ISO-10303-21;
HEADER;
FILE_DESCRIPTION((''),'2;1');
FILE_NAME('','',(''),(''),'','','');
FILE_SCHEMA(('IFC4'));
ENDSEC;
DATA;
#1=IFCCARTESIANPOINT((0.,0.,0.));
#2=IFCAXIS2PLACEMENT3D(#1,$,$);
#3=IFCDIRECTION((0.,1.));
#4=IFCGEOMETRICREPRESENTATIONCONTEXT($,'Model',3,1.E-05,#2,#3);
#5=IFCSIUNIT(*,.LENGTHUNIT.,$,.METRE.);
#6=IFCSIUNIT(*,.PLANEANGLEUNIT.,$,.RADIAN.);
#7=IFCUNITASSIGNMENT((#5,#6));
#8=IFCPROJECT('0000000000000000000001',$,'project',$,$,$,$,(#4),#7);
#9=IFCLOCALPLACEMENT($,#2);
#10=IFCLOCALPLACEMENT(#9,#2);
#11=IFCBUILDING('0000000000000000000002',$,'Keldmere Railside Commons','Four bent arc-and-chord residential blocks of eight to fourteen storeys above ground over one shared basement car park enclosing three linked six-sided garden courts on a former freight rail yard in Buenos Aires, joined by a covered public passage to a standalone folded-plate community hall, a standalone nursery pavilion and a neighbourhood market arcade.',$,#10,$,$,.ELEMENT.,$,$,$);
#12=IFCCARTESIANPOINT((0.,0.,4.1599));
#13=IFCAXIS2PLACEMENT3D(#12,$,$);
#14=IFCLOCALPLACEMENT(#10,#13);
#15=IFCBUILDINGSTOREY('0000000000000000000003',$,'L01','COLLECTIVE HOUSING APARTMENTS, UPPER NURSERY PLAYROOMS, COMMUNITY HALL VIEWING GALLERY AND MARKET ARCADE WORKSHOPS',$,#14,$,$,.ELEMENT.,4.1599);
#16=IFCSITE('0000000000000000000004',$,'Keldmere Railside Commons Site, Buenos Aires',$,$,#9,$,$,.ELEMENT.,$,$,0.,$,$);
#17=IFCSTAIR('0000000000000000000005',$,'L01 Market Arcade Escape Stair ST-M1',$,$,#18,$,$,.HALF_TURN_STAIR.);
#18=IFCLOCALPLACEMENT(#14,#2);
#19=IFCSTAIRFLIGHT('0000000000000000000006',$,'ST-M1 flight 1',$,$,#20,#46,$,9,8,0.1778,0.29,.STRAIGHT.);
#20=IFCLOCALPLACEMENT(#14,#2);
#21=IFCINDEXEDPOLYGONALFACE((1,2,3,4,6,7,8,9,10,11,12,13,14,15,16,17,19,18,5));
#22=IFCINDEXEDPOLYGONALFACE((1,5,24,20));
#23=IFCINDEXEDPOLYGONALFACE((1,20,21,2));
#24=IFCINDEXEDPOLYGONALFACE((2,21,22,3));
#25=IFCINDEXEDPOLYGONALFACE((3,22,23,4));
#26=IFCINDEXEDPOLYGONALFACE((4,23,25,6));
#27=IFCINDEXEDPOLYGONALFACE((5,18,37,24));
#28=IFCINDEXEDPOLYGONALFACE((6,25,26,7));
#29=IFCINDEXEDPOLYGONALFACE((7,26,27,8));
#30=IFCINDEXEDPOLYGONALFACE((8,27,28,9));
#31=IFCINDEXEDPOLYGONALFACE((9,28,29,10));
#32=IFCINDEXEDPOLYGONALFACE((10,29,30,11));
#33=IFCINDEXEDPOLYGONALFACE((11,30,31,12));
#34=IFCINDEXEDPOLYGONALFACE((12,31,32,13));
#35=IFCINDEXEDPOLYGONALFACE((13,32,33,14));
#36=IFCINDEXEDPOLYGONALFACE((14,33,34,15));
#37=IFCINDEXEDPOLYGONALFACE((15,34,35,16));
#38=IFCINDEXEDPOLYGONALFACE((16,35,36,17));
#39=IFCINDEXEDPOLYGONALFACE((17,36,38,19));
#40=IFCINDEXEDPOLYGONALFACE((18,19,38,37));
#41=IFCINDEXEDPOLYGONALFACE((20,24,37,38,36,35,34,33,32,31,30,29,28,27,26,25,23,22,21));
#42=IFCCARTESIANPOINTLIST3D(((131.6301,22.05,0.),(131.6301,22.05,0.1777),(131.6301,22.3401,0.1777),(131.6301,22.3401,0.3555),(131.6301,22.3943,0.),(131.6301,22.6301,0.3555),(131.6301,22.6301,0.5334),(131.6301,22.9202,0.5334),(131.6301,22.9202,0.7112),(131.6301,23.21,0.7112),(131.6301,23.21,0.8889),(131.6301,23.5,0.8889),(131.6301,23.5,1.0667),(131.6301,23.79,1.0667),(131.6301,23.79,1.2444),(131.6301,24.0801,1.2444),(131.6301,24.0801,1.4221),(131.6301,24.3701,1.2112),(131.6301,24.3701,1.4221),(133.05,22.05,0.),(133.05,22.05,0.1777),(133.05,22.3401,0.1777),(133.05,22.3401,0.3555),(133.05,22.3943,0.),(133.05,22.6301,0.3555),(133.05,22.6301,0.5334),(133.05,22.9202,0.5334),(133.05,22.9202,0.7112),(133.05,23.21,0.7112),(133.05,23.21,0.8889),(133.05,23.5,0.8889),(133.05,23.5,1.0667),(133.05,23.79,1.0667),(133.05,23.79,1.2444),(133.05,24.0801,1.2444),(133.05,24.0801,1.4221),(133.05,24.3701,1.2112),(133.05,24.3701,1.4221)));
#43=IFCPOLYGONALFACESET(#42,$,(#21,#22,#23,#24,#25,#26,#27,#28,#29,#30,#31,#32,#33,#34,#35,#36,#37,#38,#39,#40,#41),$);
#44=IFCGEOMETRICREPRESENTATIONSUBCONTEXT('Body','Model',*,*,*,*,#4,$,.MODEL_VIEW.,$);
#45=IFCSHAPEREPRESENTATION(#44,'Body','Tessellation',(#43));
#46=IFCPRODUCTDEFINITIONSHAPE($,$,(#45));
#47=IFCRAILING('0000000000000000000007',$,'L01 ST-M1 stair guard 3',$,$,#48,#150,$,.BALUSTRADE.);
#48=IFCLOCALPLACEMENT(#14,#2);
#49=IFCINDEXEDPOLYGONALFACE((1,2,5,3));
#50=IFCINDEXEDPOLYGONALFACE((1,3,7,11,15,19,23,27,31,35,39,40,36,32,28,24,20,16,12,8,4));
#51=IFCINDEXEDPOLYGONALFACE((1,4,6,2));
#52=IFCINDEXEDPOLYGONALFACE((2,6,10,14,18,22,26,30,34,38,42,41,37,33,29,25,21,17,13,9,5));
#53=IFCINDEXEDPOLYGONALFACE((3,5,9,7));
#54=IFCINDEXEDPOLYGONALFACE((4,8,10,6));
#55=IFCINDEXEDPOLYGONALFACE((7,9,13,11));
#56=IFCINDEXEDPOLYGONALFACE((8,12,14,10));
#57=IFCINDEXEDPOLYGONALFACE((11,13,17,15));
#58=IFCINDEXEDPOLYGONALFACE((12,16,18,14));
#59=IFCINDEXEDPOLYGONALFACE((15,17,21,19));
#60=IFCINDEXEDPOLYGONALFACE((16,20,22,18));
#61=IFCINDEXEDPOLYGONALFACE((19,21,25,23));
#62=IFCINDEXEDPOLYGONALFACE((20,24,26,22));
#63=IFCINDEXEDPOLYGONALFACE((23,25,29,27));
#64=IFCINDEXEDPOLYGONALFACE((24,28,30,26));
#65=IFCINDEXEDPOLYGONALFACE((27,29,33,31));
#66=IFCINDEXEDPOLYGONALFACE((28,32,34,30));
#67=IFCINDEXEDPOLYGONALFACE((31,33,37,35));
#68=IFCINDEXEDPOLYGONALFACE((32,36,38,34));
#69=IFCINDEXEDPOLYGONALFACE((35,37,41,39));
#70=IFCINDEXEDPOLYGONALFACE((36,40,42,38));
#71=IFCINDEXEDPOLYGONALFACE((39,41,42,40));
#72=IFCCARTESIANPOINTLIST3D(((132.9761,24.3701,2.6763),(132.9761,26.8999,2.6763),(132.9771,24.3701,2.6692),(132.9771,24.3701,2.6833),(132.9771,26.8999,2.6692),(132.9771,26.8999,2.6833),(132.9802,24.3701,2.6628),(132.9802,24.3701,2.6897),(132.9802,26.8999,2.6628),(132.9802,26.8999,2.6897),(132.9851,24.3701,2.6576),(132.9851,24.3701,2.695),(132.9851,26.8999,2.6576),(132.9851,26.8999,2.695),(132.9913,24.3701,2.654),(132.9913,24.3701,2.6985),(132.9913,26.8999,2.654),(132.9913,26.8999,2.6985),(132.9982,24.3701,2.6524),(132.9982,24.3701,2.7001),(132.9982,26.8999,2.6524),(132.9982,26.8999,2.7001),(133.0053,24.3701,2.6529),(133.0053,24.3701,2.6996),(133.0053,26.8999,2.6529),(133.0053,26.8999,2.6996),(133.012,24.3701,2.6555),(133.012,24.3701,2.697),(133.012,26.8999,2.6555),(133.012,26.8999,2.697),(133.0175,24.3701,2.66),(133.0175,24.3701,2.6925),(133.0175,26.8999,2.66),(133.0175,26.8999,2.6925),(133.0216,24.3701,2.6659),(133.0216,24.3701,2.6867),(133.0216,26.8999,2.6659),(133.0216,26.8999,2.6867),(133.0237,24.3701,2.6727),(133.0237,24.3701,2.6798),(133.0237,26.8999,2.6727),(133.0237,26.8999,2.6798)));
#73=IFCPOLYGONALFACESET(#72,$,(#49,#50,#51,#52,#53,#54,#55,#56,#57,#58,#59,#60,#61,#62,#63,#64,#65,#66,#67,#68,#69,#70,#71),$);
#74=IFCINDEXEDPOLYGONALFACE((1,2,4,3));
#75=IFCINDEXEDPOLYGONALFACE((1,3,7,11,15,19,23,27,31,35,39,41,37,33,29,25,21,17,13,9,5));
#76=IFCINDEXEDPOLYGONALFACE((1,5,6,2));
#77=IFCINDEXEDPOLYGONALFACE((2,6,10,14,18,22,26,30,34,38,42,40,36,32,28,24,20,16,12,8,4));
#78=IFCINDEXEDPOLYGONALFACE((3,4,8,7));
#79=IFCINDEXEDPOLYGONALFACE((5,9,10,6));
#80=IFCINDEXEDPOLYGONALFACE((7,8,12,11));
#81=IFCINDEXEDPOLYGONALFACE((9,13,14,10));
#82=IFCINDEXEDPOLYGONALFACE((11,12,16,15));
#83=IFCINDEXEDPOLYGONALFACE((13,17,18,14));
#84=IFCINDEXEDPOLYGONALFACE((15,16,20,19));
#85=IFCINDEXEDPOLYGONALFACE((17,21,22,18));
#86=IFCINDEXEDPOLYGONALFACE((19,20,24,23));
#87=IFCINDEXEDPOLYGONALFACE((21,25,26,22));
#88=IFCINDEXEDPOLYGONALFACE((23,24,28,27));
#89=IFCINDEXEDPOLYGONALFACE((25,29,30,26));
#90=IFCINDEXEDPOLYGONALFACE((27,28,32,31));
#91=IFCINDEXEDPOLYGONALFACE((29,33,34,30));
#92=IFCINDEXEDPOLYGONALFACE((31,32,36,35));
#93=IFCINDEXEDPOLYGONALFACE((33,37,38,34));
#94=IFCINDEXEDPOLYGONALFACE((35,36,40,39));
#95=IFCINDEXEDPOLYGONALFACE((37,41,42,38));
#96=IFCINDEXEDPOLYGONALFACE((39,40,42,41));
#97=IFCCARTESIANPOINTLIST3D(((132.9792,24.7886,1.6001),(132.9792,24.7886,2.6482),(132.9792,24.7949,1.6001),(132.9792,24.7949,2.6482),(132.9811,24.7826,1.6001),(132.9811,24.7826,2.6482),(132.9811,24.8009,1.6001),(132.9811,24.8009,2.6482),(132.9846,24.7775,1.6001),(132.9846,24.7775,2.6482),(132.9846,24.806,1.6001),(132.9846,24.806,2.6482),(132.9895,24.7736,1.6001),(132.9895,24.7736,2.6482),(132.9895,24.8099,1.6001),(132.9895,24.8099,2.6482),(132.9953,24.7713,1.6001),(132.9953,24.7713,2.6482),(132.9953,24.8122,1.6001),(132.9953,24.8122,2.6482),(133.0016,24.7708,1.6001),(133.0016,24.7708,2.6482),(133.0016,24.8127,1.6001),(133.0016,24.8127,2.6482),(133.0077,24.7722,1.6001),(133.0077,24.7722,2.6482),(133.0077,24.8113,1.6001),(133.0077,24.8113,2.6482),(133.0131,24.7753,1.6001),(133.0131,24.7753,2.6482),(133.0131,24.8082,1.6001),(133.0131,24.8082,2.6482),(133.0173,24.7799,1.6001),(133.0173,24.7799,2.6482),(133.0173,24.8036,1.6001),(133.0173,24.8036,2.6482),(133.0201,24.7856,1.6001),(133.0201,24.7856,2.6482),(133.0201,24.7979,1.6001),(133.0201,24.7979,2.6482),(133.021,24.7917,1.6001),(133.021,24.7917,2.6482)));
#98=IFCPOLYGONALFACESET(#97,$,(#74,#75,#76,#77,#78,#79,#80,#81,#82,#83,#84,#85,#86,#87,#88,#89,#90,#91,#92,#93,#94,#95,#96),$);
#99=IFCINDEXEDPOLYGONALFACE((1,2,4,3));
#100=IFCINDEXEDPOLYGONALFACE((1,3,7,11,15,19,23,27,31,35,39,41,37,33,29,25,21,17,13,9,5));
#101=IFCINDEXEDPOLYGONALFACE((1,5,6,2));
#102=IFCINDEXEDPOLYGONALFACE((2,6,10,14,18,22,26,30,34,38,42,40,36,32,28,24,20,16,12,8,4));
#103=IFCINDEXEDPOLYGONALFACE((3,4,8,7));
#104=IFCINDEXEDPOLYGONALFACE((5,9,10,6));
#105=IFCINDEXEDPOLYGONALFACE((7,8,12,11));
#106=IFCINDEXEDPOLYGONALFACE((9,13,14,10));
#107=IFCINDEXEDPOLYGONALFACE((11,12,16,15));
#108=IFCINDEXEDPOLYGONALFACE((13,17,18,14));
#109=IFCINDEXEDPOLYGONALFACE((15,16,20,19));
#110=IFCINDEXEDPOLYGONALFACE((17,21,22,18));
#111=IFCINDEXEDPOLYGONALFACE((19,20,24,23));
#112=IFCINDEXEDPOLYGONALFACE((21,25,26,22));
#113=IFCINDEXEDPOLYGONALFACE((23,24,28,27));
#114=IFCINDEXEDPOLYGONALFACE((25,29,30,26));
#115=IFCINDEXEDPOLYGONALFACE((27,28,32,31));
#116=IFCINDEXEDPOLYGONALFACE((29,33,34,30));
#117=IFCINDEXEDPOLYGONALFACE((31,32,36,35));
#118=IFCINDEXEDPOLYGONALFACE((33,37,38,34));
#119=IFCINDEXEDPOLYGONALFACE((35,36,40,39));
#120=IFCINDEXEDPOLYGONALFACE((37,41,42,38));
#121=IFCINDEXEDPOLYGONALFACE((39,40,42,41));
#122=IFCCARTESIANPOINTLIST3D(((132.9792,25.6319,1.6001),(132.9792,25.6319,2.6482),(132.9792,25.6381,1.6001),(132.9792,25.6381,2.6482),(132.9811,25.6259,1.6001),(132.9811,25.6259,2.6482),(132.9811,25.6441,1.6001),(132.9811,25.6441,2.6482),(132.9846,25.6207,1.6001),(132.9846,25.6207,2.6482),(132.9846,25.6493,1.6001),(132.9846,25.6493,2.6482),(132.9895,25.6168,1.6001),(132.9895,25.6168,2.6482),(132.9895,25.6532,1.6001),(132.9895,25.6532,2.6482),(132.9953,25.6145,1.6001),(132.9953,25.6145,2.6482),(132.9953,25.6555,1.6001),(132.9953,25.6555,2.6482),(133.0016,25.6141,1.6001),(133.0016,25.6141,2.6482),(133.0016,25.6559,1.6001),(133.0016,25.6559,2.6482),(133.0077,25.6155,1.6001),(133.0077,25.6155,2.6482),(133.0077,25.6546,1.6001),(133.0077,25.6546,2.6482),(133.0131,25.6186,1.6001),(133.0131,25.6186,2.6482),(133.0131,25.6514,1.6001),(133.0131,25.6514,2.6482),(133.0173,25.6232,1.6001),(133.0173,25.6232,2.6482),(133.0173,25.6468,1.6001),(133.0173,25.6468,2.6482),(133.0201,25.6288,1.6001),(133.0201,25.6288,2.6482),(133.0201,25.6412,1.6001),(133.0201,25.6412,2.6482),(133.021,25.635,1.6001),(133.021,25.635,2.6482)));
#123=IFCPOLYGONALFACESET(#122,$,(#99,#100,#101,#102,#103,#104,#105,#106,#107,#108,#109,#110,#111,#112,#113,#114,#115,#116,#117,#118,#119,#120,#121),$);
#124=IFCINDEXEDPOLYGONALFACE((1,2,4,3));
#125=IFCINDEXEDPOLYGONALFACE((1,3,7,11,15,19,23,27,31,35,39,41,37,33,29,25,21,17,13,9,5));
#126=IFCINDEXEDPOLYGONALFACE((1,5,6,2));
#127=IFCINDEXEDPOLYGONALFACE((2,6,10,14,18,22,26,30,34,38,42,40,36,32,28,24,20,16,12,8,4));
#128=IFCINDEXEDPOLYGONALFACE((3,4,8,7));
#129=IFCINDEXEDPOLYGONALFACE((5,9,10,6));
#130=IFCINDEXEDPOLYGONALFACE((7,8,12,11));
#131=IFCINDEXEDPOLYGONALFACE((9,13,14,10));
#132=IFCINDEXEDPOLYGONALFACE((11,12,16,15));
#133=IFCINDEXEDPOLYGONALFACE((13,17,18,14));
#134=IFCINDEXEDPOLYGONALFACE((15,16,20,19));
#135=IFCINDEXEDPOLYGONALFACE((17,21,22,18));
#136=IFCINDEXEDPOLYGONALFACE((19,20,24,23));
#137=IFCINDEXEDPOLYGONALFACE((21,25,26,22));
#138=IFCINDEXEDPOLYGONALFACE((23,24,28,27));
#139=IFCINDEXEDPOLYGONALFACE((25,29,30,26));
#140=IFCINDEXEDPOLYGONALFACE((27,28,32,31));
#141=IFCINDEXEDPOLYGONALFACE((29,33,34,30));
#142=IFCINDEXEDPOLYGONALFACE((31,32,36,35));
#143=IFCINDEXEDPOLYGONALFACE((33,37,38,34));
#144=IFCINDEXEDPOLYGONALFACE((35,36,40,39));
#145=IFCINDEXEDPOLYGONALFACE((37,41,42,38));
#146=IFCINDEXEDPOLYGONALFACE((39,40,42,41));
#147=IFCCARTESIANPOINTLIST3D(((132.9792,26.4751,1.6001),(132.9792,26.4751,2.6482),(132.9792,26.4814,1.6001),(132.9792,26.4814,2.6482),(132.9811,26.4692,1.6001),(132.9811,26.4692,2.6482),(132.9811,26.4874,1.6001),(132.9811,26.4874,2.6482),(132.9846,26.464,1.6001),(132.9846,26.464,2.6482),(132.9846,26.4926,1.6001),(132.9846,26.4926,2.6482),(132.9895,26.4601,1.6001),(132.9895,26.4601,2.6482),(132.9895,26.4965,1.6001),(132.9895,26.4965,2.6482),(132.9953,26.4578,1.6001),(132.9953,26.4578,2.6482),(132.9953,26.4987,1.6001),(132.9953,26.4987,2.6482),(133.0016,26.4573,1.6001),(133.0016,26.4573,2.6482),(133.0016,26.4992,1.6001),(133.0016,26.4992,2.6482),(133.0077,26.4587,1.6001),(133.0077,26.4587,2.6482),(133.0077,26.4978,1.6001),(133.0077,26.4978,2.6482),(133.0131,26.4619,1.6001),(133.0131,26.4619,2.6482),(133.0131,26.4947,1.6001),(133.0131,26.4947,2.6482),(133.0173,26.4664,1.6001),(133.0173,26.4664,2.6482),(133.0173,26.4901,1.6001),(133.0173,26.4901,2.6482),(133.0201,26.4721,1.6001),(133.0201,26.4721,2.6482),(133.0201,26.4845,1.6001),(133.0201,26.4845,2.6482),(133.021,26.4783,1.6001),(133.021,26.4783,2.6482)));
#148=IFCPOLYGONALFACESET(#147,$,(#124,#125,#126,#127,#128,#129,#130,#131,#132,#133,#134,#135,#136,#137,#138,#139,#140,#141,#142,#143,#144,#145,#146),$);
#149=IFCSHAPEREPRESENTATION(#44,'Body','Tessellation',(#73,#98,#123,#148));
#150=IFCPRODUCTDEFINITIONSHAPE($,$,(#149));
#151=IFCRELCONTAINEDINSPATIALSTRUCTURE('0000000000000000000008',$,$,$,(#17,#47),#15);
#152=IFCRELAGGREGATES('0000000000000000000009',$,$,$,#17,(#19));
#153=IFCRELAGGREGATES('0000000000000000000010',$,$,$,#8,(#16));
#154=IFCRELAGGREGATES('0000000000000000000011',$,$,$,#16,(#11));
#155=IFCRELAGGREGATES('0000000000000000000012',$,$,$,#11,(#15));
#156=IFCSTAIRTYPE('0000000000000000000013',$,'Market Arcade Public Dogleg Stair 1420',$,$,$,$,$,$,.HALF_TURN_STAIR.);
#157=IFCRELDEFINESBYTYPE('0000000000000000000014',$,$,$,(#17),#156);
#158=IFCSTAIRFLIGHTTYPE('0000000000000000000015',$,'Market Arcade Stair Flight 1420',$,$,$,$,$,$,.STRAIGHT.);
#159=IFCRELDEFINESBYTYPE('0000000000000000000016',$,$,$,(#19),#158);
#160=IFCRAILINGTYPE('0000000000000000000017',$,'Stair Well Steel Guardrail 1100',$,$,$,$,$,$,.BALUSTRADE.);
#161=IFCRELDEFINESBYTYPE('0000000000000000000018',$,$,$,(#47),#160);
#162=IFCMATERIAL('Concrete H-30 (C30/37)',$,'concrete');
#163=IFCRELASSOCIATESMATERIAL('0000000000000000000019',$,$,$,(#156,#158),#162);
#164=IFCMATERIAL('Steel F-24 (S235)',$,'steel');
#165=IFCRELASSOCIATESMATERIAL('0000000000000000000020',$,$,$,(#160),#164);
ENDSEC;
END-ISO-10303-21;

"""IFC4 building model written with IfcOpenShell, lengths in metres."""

from ifc_helpers import new_model, si_unit, direction, frame, origin, origin_2d, place, context, subcontext, project, spatial, polyline, circle, outline, extrude, material, type_object, element, aggregate, save


model = new_model("IFC4")

# Units and contexts
model_context = context("Model", 3, precision=1e-05, world=origin(), true_north=direction((0.0, 1.0)))
body_context = subcontext(model_context, "Body", "Model", "MODEL_VIEW")
ifc_project = project(units=[si_unit("LENGTHUNIT", "METRE"), si_unit("PLANEANGLEUNIT", "RADIAN")], contexts=[model_context])

# Site, building, storey
site_placement = place(None, origin())
site = spatial("IfcSite", under=ifc_project, at=site_placement, Name="Keldmere Railside Commons Site, Buenos Aires", CompositionType="ELEMENT", RefElevation=0.0)
building_placement = place(site_placement, origin())
building = spatial("IfcBuilding", under=site, at=building_placement, Name="Keldmere Railside Commons", Description="Four bent arc-and-chord residential blocks of eight to fourteen storeys above ground over one shared basement car park enclosing three linked six-sided garden courts on a former freight rail yard in Buenos Aires, joined by a covered public passage to a standalone folded-plate community hall, a standalone nursery pavilion and a neighbourhood market arcade.", CompositionType="ELEMENT")
storey_placement = place(building_placement, frame((0.0, 0.0, 4.1599)))
storey = spatial("IfcBuildingStorey", under=building, at=storey_placement, Name="L01", Description="COLLECTIVE HOUSING APARTMENTS, UPPER NURSERY PLAYROOMS, COMMUNITY HALL VIEWING GALLERY AND MARKET ARCADE WORKSHOPS", CompositionType="ELEMENT", Elevation=4.1599)

# Shared definitions
ifc_material_1 = material(Name="Concrete H-30 (C30/37)", Category="concrete")

# Shared definitions
ifc_material_2 = material(Name="Steel F-24 (S235)", Category="steel")

# Stair, stair flight
stair_type = type_object("IfcStairType", Name="Market Arcade Public Dogleg Stair 1420", PredefinedType="HALF_TURN_STAIR", material=ifc_material_1)
stair_placement = place(storey_placement, origin())
stair = element("IfcStair", 1, at=stair_placement, inside=storey, type_object=stair_type, Name="L01 Market Arcade Escape Stair ST-M1", PredefinedType="HALF_TURN_STAIR")
stair_flight_type = type_object("IfcStairFlightType", Name="Market Arcade Stair Flight 1420", PredefinedType="STRAIGHT", material=ifc_material_1)
stair_flight_placement = place(storey_placement, frame((132.3401, 22.05, 0.0), z_axis=(0.0, 0.0, 1.0), x_axis=(0.0, 1.0, 0.0)))
stair_flight = element("IfcStairFlight", 2, at=stair_flight_placement, type_object=stair_flight_type, Name="ST-M1 flight 1", NumberOfRisers=9, NumberOfTreads=8, PredefinedType="STRAIGHT", RiserHeight=0.1778, TreadLength=0.29, context=body_context, shape_type="SweptSolid", body=[
    extrude(outline(polyline([(0.0, 0.0), (0.0, 0.1777), (0.29, 0.1777), (0.29, 0.3555), (0.5801, 0.3555), (0.5801, 0.5334), (0.8701, 0.5334), (0.8701, 0.7112), (1.1599, 0.7112), (1.1599, 0.8889), (1.45, 0.8889), (1.45, 1.0667), (1.74, 1.0667), (1.74, 1.2444), (2.03, 1.2444), (2.03, 1.4221), (2.3201, 1.4221), (2.3201, 1.6001), (2.3201, 1.2112), (0.3442, 0.0), (0.0, 0.0)])), frame((0.0, 0.71, 0.0), z_axis=(0.0, -1.0, 0.0), x_axis=(1.0, 0.0, 0.0)), (0.0, 0.0, 1.0), 1.4199),
])
aggregate(stair, [stair_flight])

# Railing
railing_type_1 = type_object("IfcRailingType", Name="Stair Well Steel Guardrail 1100", PredefinedType="BALUSTRADE", material=ifc_material_2)
railing_1_placement = place(storey_placement, frame((133.0, 24.3701, 1.6001)))
element("IfcRailing", 3, at=railing_1_placement, inside=storey, type_object=railing_type_1, Name="L01 ST-M1 stair guard 3", PredefinedType="BALUSTRADE", context=body_context, shape_type="SweptSolid", body=[
    extrude(circle(Radius=0.0239, at=origin_2d()), frame((0.0, 0.0, 1.0762), z_axis=(0.0, 1.0, 0.0), x_axis=(-1.0, 0.0, 0.0)), (0.0, 0.0, 1.0), 2.5298),
    extrude(circle(Radius=0.021, at=origin_2d()), frame((0.0, 0.4216, 0.0)), (0.0, 0.0, 1.0), 1.0481),
    extrude(circle(Radius=0.021, at=origin_2d()), frame((0.0, 1.2649, 0.0)), (0.0, 0.0, 1.0), 1.0481),
    extrude(circle(Radius=0.021, at=origin_2d()), frame((0.0, 2.1082, 0.0)), (0.0, 0.0, 1.0), 1.0481),
])

save(model, "model.ifc")
